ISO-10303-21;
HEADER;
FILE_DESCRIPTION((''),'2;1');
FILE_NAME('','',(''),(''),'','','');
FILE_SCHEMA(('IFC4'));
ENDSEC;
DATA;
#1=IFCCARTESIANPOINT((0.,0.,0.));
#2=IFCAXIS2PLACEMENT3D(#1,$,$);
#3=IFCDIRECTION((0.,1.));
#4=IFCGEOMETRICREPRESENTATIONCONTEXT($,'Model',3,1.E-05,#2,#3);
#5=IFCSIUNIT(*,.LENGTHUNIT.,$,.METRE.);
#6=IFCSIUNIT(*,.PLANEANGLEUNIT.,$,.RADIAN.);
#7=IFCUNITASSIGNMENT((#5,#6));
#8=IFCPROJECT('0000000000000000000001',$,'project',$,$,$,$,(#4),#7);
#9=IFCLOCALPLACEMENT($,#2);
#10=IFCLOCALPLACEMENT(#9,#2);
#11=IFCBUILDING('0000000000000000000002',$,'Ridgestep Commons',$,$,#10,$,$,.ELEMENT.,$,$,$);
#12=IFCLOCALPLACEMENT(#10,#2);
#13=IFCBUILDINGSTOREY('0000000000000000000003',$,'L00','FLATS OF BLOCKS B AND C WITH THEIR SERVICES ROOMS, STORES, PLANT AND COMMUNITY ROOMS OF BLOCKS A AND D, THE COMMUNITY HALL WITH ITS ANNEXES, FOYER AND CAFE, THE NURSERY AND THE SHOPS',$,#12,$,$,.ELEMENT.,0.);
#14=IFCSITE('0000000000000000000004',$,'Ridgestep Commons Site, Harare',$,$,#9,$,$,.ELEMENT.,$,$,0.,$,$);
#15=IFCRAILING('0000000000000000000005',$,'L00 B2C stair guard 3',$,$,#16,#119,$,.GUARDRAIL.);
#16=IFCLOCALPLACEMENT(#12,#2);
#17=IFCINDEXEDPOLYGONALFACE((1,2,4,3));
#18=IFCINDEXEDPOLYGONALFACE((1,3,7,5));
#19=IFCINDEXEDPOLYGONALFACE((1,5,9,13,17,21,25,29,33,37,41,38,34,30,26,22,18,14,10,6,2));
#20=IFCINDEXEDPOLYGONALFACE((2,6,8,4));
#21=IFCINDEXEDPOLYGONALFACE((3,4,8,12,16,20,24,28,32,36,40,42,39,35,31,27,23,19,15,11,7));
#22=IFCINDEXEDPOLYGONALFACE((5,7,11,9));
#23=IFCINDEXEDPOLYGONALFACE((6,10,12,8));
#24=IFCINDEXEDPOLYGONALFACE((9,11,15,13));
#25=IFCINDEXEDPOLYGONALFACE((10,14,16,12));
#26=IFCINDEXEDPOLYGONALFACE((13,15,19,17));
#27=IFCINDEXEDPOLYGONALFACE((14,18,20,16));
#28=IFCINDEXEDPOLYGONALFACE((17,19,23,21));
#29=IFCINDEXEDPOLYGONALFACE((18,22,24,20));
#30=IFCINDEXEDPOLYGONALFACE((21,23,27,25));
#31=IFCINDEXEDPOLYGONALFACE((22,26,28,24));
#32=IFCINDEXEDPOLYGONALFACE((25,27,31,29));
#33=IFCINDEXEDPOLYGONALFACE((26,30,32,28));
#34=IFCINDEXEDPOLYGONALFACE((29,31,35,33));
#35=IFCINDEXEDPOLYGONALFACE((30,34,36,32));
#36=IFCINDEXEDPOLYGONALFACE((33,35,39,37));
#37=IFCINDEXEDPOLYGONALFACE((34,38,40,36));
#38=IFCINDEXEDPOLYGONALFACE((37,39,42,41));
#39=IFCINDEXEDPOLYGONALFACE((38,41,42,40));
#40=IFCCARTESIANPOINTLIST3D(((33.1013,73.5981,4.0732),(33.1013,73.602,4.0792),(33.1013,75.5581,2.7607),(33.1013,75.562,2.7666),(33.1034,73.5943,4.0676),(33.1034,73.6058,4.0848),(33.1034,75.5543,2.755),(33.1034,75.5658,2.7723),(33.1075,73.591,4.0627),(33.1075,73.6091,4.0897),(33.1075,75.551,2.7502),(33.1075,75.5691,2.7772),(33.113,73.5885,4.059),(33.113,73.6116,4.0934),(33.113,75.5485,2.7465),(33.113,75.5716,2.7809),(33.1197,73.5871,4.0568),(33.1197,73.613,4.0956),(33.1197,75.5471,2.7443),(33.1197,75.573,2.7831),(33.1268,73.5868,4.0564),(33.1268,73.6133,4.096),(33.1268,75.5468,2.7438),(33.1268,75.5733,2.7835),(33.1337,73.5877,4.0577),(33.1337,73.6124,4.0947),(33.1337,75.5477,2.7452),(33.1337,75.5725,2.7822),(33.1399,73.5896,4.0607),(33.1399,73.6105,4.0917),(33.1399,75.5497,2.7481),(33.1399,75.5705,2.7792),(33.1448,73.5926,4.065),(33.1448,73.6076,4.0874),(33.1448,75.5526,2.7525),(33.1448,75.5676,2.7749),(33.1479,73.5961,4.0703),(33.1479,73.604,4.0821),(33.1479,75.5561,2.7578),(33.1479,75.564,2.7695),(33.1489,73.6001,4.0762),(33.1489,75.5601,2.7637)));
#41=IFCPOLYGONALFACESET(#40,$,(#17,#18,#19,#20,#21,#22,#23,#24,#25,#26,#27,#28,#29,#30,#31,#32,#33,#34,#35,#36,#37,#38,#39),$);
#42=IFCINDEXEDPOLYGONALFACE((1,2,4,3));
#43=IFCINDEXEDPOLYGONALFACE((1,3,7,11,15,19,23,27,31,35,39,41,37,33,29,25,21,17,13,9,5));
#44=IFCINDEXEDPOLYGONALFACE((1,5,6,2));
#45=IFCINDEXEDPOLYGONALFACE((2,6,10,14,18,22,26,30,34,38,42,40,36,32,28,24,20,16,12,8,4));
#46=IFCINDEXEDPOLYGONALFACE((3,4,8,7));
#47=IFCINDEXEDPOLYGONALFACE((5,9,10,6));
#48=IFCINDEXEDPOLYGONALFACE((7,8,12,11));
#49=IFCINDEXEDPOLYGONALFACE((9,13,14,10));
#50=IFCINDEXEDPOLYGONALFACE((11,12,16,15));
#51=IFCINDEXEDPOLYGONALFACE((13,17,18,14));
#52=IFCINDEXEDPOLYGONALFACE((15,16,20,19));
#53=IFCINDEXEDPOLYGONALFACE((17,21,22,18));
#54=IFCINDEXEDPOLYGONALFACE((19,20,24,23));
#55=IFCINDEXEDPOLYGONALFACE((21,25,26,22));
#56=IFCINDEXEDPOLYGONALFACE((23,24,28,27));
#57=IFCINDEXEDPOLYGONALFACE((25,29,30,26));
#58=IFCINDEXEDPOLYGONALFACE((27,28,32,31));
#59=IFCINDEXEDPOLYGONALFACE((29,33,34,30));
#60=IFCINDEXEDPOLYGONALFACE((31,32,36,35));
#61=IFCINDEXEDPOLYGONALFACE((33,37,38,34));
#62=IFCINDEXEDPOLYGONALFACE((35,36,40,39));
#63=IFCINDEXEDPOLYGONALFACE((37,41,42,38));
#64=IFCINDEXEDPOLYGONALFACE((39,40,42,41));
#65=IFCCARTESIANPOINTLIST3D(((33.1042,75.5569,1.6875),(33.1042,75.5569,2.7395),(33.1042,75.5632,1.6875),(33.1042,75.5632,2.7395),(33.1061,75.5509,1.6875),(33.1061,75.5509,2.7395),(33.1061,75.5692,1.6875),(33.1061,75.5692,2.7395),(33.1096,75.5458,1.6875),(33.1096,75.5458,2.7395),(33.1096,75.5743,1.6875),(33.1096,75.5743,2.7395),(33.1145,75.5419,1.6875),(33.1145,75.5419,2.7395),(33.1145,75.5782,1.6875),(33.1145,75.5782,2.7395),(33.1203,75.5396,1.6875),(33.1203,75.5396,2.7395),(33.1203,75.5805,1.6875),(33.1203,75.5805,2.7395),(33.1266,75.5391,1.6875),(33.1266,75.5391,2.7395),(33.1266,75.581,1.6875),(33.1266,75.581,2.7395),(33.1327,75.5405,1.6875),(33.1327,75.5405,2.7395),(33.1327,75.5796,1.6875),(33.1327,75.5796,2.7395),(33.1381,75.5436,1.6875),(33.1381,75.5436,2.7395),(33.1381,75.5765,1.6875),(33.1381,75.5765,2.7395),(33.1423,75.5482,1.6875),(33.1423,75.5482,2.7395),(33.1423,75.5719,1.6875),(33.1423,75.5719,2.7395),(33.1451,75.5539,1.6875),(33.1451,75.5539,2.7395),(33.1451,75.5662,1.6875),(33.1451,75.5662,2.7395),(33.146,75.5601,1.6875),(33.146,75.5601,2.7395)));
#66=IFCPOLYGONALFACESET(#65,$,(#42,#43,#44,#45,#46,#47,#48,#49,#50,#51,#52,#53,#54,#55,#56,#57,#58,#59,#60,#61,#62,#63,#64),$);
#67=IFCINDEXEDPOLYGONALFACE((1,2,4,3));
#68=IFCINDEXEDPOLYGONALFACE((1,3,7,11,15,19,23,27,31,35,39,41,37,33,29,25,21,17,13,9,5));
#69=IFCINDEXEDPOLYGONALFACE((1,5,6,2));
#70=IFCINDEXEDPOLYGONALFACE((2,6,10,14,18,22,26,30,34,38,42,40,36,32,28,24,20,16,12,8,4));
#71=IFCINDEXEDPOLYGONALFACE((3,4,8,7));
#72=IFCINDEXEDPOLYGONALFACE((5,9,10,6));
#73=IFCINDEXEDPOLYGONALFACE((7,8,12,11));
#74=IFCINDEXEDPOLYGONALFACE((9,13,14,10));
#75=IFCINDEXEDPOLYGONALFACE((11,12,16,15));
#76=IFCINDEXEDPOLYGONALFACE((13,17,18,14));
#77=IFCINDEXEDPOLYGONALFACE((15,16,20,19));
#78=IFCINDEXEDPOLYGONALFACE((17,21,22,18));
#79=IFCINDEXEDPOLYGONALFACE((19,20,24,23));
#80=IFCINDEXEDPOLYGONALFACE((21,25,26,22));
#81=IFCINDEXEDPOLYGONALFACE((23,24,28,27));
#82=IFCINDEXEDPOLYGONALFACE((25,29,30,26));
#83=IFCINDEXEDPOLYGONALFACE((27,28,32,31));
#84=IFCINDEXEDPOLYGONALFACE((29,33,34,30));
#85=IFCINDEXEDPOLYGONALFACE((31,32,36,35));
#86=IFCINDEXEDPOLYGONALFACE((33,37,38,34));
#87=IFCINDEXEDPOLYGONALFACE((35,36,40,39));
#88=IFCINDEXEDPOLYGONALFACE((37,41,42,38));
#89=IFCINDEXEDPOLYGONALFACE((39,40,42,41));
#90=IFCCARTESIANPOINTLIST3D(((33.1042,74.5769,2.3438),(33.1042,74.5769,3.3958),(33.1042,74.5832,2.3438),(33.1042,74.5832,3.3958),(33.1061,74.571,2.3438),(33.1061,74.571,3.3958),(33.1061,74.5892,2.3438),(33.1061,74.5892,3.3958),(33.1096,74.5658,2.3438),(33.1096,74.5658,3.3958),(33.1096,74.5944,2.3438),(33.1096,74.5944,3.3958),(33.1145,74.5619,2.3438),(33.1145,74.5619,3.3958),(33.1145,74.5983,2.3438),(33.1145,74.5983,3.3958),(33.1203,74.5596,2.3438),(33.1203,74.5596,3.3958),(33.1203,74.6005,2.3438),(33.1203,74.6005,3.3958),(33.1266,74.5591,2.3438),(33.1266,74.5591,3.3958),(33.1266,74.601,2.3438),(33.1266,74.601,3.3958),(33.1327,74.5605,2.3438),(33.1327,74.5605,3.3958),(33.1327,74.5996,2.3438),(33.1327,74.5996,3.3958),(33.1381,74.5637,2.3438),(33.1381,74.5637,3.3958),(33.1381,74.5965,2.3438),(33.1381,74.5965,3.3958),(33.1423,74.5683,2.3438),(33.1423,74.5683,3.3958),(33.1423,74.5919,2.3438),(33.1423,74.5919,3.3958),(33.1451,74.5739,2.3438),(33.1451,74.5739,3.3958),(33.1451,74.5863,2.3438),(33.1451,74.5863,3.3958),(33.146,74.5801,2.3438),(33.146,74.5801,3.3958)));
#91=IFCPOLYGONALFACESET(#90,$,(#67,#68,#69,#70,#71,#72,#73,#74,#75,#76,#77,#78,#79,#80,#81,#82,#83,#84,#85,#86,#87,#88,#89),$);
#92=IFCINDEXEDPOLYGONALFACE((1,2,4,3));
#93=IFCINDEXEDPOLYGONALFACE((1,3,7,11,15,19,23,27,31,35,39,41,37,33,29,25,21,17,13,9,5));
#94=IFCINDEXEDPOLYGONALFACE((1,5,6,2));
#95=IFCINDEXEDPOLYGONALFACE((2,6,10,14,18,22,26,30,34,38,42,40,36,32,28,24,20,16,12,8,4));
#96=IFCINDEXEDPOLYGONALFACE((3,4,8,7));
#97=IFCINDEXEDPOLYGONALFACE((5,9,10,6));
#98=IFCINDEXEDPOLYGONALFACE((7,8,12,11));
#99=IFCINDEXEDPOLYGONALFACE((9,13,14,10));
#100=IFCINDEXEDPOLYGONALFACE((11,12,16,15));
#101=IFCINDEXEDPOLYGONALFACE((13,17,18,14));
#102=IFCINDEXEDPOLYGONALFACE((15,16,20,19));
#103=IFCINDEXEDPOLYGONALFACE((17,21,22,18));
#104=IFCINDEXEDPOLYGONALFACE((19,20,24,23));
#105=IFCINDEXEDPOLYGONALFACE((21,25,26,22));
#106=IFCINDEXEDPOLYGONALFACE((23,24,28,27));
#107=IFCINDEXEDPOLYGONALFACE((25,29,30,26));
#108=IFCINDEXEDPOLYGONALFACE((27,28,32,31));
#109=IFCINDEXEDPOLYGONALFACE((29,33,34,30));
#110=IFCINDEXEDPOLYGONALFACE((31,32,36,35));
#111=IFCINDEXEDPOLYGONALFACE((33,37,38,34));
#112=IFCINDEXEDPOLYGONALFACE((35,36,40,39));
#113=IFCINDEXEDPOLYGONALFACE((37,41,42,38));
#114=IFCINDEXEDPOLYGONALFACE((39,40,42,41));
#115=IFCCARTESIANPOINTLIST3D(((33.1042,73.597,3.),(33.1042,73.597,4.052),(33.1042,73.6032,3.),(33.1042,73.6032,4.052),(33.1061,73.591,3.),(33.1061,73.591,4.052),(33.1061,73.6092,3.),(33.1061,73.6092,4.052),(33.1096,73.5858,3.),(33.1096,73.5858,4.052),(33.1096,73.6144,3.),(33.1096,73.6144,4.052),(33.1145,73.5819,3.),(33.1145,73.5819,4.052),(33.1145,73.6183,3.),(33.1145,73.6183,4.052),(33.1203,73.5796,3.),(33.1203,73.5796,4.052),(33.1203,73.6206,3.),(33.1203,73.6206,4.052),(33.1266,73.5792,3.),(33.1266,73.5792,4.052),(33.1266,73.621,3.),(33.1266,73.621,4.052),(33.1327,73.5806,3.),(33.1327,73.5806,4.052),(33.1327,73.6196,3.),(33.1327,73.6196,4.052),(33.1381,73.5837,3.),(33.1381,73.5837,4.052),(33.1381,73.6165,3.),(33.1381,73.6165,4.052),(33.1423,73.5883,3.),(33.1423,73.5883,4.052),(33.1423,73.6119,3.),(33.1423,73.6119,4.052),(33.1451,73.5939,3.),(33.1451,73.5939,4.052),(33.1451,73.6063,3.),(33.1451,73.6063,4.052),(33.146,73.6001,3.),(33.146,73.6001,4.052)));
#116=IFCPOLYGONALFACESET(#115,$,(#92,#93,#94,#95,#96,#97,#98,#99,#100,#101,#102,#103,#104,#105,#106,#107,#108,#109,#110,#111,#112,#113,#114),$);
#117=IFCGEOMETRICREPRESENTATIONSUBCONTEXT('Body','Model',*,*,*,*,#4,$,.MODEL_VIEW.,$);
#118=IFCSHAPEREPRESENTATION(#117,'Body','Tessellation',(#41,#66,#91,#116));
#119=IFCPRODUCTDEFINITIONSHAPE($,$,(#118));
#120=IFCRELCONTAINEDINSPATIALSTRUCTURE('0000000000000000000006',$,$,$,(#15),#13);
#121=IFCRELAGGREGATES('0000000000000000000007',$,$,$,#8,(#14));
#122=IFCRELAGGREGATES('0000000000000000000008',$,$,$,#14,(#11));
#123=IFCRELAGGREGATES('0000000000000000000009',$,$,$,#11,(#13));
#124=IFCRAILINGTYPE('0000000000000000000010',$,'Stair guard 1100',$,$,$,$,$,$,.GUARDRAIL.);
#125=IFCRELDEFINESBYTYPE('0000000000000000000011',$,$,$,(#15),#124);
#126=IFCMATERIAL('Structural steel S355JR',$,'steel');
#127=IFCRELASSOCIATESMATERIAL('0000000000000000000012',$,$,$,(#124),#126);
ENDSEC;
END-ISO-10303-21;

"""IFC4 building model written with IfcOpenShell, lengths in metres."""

from ifc_helpers import new_model, si_unit, direction, frame, origin, origin_2d, place, context, subcontext, project, spatial, circle, extrude, material, type_object, element, save


model = new_model("IFC4")

# Units and contexts
model_context = context("Model", 3, precision=1e-05, world=origin(), true_north=direction((0.0, 1.0)))
body_context = subcontext(model_context, "Body", "Model", "MODEL_VIEW")
ifc_project = project(units=[si_unit("LENGTHUNIT", "METRE"), si_unit("PLANEANGLEUNIT", "RADIAN")], contexts=[model_context])

# Site, building, storey
site_placement = place(None, origin())
site = spatial("IfcSite", under=ifc_project, at=site_placement, Name="Ridgestep Commons Site, Harare", CompositionType="ELEMENT", RefElevation=0.0)
building_placement = place(site_placement, origin())
building = spatial("IfcBuilding", under=site, at=building_placement, Name="Ridgestep Commons", CompositionType="ELEMENT")
storey_placement = place(building_placement, origin())
storey = spatial("IfcBuildingStorey", under=building, at=storey_placement, Name="L00", Description="FLATS OF BLOCKS B AND C WITH THEIR SERVICES ROOMS, STORES, PLANT AND COMMUNITY ROOMS OF BLOCKS A AND D, THE COMMUNITY HALL WITH ITS ANNEXES, FOYER AND CAFE, THE NURSERY AND THE SHOPS", CompositionType="ELEMENT", Elevation=0.0)

# Railing
ifc_material_1 = material(Name="Structural steel S355JR", Category="steel")
railing_type_1 = type_object("IfcRailingType", Name="Stair guard 1100", PredefinedType="GUARDRAIL", material=ifc_material_1)
railing_1_placement = place(storey_placement, frame((33.125, 75.5601, 1.6875)))
element("IfcRailing", 1, at=railing_1_placement, inside=storey, type_object=railing_type_1, Name="L00 B2C stair guard 3", PredefinedType="GUARDRAIL", context=body_context, shape_type="SweptSolid", body=[
    extrude(circle(Radius=0.0239, at=origin_2d()), frame((0.0, 0.0, 1.0762), z_axis=(0.0, -0.830902, 0.556419), x_axis=(1.0, 0.0, 0.0)), (0.0, 0.0, 1.0), 2.3589),
    extrude(circle(Radius=0.021, at=origin_2d()), origin(), (0.0, 0.0, 1.0), 1.052),
    extrude(circle(Radius=0.021, at=origin_2d()), frame((0.0, -0.98, 0.6562)), (0.0, 0.0, 1.0), 1.052),
    extrude(circle(Radius=0.021, at=origin_2d()), frame((0.0, -1.96, 1.3125)), (0.0, 0.0, 1.0), 1.052),
])

save(model, "model.ifc")
